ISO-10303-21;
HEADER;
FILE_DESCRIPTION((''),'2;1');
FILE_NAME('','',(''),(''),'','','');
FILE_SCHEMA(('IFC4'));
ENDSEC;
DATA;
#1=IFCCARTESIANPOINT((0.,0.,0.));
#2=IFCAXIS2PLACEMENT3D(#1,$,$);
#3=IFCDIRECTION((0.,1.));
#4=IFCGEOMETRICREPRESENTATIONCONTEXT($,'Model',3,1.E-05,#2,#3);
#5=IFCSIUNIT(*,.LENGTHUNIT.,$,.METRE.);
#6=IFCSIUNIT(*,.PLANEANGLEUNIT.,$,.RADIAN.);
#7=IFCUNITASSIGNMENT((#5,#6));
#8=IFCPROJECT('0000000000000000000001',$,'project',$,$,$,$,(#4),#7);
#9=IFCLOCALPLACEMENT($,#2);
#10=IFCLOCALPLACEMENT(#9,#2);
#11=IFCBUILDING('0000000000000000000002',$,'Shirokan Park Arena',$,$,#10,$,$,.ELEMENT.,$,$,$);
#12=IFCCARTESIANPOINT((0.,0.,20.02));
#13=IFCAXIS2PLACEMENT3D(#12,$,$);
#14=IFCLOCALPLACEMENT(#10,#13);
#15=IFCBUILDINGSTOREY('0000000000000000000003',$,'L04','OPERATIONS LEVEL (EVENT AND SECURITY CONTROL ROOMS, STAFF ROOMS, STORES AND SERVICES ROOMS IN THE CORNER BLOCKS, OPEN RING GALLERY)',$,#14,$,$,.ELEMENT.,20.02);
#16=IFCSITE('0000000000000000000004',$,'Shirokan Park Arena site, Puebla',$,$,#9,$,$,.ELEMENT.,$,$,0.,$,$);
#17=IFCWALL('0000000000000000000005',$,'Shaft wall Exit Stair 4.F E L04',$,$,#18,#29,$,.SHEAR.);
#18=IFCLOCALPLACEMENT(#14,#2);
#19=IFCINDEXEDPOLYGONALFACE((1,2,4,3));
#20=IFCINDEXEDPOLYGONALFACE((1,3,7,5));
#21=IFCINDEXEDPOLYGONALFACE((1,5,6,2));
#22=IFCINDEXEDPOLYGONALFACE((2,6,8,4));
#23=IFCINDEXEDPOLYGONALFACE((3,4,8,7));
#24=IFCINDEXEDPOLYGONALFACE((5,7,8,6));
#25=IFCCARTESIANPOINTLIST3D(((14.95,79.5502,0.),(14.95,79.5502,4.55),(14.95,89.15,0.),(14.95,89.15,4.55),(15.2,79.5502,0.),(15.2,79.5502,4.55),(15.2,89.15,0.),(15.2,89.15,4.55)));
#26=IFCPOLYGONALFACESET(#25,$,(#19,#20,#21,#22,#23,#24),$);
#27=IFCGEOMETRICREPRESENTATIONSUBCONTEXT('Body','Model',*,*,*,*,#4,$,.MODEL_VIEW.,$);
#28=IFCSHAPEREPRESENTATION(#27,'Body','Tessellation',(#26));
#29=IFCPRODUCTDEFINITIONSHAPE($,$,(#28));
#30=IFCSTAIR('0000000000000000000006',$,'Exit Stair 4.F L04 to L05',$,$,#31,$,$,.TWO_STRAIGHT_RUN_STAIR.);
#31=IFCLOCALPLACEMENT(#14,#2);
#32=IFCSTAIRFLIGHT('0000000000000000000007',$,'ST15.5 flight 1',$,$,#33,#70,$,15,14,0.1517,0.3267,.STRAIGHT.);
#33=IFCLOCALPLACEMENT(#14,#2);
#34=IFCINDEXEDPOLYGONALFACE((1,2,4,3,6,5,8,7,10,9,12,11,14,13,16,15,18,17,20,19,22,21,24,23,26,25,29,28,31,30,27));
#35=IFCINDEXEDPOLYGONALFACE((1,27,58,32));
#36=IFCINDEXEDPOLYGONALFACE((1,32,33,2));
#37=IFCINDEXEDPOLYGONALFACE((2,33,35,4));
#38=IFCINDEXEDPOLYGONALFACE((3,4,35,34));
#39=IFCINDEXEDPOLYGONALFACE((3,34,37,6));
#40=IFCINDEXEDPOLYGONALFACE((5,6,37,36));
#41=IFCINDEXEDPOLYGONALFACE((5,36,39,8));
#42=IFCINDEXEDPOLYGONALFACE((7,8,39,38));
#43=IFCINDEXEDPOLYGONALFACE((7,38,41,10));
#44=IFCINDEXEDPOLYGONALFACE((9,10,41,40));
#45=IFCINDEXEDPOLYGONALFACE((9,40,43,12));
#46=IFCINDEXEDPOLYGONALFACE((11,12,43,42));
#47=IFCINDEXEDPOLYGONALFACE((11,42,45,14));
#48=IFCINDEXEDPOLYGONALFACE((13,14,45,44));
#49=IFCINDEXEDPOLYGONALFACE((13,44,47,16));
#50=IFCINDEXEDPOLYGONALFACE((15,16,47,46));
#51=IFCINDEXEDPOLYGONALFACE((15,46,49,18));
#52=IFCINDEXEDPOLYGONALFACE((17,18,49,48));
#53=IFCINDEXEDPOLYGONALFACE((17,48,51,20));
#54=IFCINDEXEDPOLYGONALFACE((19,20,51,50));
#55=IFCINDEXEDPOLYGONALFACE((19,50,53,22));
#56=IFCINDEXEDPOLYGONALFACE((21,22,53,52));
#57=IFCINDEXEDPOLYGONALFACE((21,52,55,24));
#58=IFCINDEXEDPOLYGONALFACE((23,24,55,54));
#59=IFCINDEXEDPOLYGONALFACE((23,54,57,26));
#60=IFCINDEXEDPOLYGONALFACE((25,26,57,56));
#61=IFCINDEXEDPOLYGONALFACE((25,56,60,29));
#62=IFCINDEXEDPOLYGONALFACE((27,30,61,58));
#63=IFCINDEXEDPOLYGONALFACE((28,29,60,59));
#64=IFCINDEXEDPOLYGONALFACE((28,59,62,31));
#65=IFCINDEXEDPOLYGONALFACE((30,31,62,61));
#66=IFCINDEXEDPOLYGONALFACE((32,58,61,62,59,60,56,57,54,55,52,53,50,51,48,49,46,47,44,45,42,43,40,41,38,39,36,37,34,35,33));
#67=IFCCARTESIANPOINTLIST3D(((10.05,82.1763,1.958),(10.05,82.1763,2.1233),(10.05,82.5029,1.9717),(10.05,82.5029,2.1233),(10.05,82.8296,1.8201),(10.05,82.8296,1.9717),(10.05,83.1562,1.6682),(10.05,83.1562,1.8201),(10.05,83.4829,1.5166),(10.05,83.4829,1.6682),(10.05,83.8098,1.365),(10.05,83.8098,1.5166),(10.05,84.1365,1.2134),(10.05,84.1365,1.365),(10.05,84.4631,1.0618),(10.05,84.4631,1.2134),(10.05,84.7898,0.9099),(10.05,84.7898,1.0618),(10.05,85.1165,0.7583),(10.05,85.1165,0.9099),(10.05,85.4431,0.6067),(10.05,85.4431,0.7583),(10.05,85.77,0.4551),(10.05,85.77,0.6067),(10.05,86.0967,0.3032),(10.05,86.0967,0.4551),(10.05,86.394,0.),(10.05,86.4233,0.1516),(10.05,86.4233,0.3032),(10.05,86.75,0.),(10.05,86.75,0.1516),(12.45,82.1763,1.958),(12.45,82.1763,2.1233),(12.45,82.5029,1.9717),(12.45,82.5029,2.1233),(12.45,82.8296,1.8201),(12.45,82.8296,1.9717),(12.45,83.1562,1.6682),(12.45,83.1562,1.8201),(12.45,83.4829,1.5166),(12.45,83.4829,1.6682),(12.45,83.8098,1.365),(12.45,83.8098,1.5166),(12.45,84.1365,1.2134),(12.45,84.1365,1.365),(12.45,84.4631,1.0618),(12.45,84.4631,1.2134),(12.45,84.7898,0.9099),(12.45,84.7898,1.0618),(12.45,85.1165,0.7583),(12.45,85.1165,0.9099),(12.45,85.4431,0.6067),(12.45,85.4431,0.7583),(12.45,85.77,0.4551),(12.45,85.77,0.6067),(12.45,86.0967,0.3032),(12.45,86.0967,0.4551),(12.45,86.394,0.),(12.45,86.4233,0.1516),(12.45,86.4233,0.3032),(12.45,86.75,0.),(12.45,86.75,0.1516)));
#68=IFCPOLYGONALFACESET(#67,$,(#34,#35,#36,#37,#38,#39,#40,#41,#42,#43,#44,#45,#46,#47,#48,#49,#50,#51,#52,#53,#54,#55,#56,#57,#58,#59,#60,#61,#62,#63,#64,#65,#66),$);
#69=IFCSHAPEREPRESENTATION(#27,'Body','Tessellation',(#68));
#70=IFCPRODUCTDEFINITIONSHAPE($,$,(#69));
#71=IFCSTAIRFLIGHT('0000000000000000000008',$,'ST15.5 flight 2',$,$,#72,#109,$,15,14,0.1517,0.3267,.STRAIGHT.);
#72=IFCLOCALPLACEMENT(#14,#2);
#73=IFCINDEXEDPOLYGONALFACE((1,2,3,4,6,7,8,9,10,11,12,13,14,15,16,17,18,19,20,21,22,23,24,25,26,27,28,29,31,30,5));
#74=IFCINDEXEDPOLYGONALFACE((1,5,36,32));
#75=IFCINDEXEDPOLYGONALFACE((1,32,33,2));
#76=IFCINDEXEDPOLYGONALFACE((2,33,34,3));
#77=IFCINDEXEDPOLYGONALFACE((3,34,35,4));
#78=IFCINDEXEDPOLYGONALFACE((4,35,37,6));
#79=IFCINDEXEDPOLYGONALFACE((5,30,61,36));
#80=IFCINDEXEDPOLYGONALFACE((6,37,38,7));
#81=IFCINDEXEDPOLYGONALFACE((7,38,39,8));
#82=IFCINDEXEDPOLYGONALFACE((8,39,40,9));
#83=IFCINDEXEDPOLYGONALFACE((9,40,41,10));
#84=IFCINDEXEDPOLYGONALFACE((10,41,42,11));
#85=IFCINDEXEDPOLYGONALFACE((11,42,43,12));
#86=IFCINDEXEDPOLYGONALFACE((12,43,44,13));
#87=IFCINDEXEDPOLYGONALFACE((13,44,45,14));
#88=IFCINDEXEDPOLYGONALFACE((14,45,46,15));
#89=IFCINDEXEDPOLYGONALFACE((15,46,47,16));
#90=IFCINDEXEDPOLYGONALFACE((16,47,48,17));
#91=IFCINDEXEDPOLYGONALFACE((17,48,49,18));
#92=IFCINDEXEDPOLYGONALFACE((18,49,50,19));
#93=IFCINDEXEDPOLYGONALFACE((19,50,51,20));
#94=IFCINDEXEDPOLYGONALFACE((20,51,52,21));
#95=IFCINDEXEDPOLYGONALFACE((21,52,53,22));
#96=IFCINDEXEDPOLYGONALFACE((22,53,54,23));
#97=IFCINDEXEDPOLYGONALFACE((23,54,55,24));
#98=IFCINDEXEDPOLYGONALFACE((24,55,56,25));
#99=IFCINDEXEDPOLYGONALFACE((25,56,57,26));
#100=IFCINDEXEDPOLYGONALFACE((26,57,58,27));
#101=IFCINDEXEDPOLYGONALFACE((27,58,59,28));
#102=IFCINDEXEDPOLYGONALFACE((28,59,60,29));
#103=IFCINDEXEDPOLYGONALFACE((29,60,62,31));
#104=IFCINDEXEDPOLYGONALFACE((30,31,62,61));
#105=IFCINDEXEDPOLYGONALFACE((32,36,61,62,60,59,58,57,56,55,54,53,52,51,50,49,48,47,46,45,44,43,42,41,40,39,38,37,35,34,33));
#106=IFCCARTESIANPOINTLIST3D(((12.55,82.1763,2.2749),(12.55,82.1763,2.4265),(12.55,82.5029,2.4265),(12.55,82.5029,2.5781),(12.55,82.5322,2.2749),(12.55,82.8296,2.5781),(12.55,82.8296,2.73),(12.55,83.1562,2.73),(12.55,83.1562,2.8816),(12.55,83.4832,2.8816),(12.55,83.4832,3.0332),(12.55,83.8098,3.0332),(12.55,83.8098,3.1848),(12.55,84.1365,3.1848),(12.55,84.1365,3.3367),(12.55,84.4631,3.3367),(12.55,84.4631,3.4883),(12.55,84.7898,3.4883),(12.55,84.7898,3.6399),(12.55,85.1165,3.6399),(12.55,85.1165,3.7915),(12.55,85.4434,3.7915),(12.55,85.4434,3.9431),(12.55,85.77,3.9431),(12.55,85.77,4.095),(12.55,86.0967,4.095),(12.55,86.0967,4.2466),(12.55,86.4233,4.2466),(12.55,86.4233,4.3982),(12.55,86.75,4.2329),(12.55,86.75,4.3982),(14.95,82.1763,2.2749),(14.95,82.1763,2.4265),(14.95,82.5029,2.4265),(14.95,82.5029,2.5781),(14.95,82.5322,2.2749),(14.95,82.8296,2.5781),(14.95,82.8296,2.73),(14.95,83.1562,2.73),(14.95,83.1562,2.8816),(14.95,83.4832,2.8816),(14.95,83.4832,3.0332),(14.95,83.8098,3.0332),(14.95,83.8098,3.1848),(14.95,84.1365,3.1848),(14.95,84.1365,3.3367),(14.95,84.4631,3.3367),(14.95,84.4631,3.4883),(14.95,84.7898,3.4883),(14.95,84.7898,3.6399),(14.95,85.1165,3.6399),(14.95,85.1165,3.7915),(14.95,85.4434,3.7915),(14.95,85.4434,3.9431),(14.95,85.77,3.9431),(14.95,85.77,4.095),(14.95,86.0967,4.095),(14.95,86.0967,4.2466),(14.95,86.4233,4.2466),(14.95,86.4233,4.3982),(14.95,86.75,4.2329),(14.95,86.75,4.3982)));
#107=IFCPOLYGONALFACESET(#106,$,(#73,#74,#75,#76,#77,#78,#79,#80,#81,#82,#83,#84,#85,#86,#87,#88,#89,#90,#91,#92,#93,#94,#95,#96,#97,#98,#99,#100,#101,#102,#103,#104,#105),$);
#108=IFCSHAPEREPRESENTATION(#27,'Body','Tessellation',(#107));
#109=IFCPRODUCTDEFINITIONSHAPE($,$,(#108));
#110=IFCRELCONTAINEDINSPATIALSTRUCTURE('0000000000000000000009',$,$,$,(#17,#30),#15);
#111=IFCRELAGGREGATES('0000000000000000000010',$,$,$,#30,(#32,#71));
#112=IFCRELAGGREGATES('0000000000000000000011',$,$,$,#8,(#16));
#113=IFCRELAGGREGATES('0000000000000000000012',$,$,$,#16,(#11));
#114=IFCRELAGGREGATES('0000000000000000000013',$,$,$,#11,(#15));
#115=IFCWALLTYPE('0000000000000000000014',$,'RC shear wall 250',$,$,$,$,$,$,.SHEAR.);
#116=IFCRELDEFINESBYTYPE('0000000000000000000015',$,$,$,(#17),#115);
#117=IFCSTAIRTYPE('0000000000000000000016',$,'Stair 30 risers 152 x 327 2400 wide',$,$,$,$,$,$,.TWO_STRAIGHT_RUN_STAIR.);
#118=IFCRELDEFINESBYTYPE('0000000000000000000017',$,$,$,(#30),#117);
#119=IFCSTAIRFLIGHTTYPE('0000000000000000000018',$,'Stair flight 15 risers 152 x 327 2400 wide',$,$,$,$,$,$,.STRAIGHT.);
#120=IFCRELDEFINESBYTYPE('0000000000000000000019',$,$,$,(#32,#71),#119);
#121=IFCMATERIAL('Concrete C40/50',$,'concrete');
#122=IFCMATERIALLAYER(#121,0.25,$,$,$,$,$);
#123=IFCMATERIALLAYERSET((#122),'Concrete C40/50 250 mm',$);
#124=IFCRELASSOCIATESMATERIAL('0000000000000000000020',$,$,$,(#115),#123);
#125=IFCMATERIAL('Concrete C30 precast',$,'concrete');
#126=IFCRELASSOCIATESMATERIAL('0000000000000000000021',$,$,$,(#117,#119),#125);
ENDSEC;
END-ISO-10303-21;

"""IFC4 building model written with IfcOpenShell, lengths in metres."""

from ifc_helpers import new_model, si_unit, direction, frame, frame_2d, origin, place, context, subcontext, project, spatial, polyline, rectangle, outline, extrude, material, layer, layer_set, type_object, element, aggregate, save


model = new_model("IFC4")

# Units and contexts
model_context = context("Model", 3, precision=1e-05, world=origin(), true_north=direction((0.0, 1.0)))
body_context = subcontext(model_context, "Body", "Model", "MODEL_VIEW")
ifc_project = project(units=[si_unit("LENGTHUNIT", "METRE"), si_unit("PLANEANGLEUNIT", "RADIAN")], contexts=[model_context])

# Site, building, storey
site_placement = place(None, origin())
site = spatial("IfcSite", under=ifc_project, at=site_placement, Name="Shirokan Park Arena site, Puebla", CompositionType="ELEMENT", RefElevation=0.0)
building_placement = place(site_placement, origin())
building = spatial("IfcBuilding", under=site, at=building_placement, Name="Shirokan Park Arena", CompositionType="ELEMENT")
storey_placement = place(building_placement, frame((0.0, 0.0, 20.02)))
storey = spatial("IfcBuildingStorey", under=building, at=storey_placement, Name="L04", Description="OPERATIONS LEVEL (EVENT AND SECURITY CONTROL ROOMS, STAFF ROOMS, STORES AND SERVICES ROOMS IN THE CORNER BLOCKS, OPEN RING GALLERY)", CompositionType="ELEMENT", Elevation=20.02)

# Shared definitions
ifc_material_1 = material(Name="Concrete C40/50", Category="concrete")
ifc_layer_1 = layer(ifc_material_1, 0.25)
ifc_layer_set_1 = layer_set([ifc_layer_1], Name="Concrete C40/50 250 mm")
wall_type_1 = type_object("IfcWallType", Name="RC shear wall 250", PredefinedType="SHEAR", material=ifc_layer_set_1)

# Wall
for number, where, z_axis, x_axis, name in (
    (1, (15.075, 89.1499, 0.0), (0.0, 0.0, 1.0), (0.0, -1.0, 0.0), "Shaft wall Exit Stair 4.F E L04"),
):
    element("IfcWall", number, at=place(storey_placement, frame(where, z_axis=z_axis, x_axis=x_axis)), inside=storey, type_object=wall_type_1, Name=name, PredefinedType="SHEAR", context=body_context, shape_type="SweptSolid", body=[
        extrude(rectangle(XDim=9.5999, YDim=0.25, at=frame_2d((4.7998, 0.0))), origin(), (0.0, 0.0, 1.0), 4.55),
    ])

# Stair, stair flights
ifc_material_2 = material(Name="Concrete C30 precast", Category="concrete")
stair_type = type_object("IfcStairType", Name="Stair 30 risers 152 x 327 2400 wide", PredefinedType="TWO_STRAIGHT_RUN_STAIR", material=ifc_material_2)
stair_placement = place(storey_placement, origin())
stair = element("IfcStair", 2, at=stair_placement, inside=storey, type_object=stair_type, Name="Exit Stair 4.F L04 to L05", PredefinedType="TWO_STRAIGHT_RUN_STAIR")
stair_flight_type = type_object("IfcStairFlightType", Name="Stair flight 15 risers 152 x 327 2400 wide", PredefinedType="STRAIGHT", material=ifc_material_2)
stair_flight_1_placement = place(storey_placement, frame((11.25, 86.75, 0.0), z_axis=(0.0, 0.0, 1.0), x_axis=(0.0, -1.0, 0.0)))
stair_flight_1 = element("IfcStairFlight", 3, at=stair_flight_1_placement, type_object=stair_flight_type, Name="ST15.5 flight 1", NumberOfRisers=15, NumberOfTreads=14, PredefinedType="STRAIGHT", RiserHeight=0.1517, TreadLength=0.3267, context=body_context, shape_type="SweptSolid", body=[
    extrude(outline(polyline([(0.0, 0.0), (0.0, 0.1516), (0.3267, 0.1516), (0.3267, 0.3032), (0.6533, 0.3032), (0.6533, 0.4551), (0.98, 0.4551), (0.98, 0.6067), (1.3069, 0.6067), (1.3069, 0.7583), (1.6335, 0.7583), (1.6335, 0.9099), (1.9602, 0.9099), (1.9602, 1.0618), (2.2869, 1.0618), (2.2869, 1.2134), (2.6135, 1.2134), (2.6135, 1.365), (2.9402, 1.365), (2.9402, 1.5166), (3.2671, 1.5166), (3.2671, 1.6682), (3.5938, 1.6682), (3.5938, 1.8201), (3.9204, 1.8201), (3.9204, 1.9717), (4.2471, 1.9717), (4.2471, 2.1233), (4.5737, 2.1233), (4.5737, 2.2749), (4.5737, 1.958), (0.356, 0.0), (0.0, 0.0)])), frame((0.0, 1.2, 0.0), z_axis=(0.0, -1.0, 0.0), x_axis=(1.0, 0.0, 0.0)), (0.0, 0.0, 1.0), 2.3999),
])
stair_flight_2_placement = place(storey_placement, frame((13.75, 82.1763, 2.2749), z_axis=(0.0, 0.0, 1.0), x_axis=(0.0, 1.0, 0.0)))
stair_flight_2 = element("IfcStairFlight", 4, at=stair_flight_2_placement, type_object=stair_flight_type, Name="ST15.5 flight 2", NumberOfRisers=15, NumberOfTreads=14, PredefinedType="STRAIGHT", RiserHeight=0.1517, TreadLength=0.3267, context=body_context, shape_type="SweptSolid", body=[
    extrude(outline(polyline([(0.0, 0.0), (0.0, 0.1516), (0.3267, 0.1516), (0.3267, 0.3032), (0.6533, 0.3032), (0.6533, 0.4551), (0.98, 0.4551), (0.98, 0.6067), (1.3069, 0.6067), (1.3069, 0.7583), (1.6335, 0.7583), (1.6335, 0.9099), (1.9602, 0.9099), (1.9602, 1.0618), (2.2869, 1.0618), (2.2869, 1.2134), (2.6135, 1.2134), (2.6135, 1.365), (2.9402, 1.365), (2.9402, 1.5166), (3.2671, 1.5166), (3.2671, 1.6682), (3.5938, 1.6682), (3.5938, 1.8201), (3.9204, 1.8201), (3.9204, 1.9717), (4.2471, 1.9717), (4.2471, 2.1233), (4.5737, 2.1233), (4.5737, 2.2749), (4.5737, 1.958), (0.356, 0.0), (0.0, 0.0)])), frame((0.0, 1.2, 0.0), z_axis=(0.0, -1.0, 0.0), x_axis=(1.0, 0.0, 0.0)), (0.0, 0.0, 1.0), 2.3999),
])
aggregate(stair, [stair_flight_1, stair_flight_2])

save(model, "model.ifc")
